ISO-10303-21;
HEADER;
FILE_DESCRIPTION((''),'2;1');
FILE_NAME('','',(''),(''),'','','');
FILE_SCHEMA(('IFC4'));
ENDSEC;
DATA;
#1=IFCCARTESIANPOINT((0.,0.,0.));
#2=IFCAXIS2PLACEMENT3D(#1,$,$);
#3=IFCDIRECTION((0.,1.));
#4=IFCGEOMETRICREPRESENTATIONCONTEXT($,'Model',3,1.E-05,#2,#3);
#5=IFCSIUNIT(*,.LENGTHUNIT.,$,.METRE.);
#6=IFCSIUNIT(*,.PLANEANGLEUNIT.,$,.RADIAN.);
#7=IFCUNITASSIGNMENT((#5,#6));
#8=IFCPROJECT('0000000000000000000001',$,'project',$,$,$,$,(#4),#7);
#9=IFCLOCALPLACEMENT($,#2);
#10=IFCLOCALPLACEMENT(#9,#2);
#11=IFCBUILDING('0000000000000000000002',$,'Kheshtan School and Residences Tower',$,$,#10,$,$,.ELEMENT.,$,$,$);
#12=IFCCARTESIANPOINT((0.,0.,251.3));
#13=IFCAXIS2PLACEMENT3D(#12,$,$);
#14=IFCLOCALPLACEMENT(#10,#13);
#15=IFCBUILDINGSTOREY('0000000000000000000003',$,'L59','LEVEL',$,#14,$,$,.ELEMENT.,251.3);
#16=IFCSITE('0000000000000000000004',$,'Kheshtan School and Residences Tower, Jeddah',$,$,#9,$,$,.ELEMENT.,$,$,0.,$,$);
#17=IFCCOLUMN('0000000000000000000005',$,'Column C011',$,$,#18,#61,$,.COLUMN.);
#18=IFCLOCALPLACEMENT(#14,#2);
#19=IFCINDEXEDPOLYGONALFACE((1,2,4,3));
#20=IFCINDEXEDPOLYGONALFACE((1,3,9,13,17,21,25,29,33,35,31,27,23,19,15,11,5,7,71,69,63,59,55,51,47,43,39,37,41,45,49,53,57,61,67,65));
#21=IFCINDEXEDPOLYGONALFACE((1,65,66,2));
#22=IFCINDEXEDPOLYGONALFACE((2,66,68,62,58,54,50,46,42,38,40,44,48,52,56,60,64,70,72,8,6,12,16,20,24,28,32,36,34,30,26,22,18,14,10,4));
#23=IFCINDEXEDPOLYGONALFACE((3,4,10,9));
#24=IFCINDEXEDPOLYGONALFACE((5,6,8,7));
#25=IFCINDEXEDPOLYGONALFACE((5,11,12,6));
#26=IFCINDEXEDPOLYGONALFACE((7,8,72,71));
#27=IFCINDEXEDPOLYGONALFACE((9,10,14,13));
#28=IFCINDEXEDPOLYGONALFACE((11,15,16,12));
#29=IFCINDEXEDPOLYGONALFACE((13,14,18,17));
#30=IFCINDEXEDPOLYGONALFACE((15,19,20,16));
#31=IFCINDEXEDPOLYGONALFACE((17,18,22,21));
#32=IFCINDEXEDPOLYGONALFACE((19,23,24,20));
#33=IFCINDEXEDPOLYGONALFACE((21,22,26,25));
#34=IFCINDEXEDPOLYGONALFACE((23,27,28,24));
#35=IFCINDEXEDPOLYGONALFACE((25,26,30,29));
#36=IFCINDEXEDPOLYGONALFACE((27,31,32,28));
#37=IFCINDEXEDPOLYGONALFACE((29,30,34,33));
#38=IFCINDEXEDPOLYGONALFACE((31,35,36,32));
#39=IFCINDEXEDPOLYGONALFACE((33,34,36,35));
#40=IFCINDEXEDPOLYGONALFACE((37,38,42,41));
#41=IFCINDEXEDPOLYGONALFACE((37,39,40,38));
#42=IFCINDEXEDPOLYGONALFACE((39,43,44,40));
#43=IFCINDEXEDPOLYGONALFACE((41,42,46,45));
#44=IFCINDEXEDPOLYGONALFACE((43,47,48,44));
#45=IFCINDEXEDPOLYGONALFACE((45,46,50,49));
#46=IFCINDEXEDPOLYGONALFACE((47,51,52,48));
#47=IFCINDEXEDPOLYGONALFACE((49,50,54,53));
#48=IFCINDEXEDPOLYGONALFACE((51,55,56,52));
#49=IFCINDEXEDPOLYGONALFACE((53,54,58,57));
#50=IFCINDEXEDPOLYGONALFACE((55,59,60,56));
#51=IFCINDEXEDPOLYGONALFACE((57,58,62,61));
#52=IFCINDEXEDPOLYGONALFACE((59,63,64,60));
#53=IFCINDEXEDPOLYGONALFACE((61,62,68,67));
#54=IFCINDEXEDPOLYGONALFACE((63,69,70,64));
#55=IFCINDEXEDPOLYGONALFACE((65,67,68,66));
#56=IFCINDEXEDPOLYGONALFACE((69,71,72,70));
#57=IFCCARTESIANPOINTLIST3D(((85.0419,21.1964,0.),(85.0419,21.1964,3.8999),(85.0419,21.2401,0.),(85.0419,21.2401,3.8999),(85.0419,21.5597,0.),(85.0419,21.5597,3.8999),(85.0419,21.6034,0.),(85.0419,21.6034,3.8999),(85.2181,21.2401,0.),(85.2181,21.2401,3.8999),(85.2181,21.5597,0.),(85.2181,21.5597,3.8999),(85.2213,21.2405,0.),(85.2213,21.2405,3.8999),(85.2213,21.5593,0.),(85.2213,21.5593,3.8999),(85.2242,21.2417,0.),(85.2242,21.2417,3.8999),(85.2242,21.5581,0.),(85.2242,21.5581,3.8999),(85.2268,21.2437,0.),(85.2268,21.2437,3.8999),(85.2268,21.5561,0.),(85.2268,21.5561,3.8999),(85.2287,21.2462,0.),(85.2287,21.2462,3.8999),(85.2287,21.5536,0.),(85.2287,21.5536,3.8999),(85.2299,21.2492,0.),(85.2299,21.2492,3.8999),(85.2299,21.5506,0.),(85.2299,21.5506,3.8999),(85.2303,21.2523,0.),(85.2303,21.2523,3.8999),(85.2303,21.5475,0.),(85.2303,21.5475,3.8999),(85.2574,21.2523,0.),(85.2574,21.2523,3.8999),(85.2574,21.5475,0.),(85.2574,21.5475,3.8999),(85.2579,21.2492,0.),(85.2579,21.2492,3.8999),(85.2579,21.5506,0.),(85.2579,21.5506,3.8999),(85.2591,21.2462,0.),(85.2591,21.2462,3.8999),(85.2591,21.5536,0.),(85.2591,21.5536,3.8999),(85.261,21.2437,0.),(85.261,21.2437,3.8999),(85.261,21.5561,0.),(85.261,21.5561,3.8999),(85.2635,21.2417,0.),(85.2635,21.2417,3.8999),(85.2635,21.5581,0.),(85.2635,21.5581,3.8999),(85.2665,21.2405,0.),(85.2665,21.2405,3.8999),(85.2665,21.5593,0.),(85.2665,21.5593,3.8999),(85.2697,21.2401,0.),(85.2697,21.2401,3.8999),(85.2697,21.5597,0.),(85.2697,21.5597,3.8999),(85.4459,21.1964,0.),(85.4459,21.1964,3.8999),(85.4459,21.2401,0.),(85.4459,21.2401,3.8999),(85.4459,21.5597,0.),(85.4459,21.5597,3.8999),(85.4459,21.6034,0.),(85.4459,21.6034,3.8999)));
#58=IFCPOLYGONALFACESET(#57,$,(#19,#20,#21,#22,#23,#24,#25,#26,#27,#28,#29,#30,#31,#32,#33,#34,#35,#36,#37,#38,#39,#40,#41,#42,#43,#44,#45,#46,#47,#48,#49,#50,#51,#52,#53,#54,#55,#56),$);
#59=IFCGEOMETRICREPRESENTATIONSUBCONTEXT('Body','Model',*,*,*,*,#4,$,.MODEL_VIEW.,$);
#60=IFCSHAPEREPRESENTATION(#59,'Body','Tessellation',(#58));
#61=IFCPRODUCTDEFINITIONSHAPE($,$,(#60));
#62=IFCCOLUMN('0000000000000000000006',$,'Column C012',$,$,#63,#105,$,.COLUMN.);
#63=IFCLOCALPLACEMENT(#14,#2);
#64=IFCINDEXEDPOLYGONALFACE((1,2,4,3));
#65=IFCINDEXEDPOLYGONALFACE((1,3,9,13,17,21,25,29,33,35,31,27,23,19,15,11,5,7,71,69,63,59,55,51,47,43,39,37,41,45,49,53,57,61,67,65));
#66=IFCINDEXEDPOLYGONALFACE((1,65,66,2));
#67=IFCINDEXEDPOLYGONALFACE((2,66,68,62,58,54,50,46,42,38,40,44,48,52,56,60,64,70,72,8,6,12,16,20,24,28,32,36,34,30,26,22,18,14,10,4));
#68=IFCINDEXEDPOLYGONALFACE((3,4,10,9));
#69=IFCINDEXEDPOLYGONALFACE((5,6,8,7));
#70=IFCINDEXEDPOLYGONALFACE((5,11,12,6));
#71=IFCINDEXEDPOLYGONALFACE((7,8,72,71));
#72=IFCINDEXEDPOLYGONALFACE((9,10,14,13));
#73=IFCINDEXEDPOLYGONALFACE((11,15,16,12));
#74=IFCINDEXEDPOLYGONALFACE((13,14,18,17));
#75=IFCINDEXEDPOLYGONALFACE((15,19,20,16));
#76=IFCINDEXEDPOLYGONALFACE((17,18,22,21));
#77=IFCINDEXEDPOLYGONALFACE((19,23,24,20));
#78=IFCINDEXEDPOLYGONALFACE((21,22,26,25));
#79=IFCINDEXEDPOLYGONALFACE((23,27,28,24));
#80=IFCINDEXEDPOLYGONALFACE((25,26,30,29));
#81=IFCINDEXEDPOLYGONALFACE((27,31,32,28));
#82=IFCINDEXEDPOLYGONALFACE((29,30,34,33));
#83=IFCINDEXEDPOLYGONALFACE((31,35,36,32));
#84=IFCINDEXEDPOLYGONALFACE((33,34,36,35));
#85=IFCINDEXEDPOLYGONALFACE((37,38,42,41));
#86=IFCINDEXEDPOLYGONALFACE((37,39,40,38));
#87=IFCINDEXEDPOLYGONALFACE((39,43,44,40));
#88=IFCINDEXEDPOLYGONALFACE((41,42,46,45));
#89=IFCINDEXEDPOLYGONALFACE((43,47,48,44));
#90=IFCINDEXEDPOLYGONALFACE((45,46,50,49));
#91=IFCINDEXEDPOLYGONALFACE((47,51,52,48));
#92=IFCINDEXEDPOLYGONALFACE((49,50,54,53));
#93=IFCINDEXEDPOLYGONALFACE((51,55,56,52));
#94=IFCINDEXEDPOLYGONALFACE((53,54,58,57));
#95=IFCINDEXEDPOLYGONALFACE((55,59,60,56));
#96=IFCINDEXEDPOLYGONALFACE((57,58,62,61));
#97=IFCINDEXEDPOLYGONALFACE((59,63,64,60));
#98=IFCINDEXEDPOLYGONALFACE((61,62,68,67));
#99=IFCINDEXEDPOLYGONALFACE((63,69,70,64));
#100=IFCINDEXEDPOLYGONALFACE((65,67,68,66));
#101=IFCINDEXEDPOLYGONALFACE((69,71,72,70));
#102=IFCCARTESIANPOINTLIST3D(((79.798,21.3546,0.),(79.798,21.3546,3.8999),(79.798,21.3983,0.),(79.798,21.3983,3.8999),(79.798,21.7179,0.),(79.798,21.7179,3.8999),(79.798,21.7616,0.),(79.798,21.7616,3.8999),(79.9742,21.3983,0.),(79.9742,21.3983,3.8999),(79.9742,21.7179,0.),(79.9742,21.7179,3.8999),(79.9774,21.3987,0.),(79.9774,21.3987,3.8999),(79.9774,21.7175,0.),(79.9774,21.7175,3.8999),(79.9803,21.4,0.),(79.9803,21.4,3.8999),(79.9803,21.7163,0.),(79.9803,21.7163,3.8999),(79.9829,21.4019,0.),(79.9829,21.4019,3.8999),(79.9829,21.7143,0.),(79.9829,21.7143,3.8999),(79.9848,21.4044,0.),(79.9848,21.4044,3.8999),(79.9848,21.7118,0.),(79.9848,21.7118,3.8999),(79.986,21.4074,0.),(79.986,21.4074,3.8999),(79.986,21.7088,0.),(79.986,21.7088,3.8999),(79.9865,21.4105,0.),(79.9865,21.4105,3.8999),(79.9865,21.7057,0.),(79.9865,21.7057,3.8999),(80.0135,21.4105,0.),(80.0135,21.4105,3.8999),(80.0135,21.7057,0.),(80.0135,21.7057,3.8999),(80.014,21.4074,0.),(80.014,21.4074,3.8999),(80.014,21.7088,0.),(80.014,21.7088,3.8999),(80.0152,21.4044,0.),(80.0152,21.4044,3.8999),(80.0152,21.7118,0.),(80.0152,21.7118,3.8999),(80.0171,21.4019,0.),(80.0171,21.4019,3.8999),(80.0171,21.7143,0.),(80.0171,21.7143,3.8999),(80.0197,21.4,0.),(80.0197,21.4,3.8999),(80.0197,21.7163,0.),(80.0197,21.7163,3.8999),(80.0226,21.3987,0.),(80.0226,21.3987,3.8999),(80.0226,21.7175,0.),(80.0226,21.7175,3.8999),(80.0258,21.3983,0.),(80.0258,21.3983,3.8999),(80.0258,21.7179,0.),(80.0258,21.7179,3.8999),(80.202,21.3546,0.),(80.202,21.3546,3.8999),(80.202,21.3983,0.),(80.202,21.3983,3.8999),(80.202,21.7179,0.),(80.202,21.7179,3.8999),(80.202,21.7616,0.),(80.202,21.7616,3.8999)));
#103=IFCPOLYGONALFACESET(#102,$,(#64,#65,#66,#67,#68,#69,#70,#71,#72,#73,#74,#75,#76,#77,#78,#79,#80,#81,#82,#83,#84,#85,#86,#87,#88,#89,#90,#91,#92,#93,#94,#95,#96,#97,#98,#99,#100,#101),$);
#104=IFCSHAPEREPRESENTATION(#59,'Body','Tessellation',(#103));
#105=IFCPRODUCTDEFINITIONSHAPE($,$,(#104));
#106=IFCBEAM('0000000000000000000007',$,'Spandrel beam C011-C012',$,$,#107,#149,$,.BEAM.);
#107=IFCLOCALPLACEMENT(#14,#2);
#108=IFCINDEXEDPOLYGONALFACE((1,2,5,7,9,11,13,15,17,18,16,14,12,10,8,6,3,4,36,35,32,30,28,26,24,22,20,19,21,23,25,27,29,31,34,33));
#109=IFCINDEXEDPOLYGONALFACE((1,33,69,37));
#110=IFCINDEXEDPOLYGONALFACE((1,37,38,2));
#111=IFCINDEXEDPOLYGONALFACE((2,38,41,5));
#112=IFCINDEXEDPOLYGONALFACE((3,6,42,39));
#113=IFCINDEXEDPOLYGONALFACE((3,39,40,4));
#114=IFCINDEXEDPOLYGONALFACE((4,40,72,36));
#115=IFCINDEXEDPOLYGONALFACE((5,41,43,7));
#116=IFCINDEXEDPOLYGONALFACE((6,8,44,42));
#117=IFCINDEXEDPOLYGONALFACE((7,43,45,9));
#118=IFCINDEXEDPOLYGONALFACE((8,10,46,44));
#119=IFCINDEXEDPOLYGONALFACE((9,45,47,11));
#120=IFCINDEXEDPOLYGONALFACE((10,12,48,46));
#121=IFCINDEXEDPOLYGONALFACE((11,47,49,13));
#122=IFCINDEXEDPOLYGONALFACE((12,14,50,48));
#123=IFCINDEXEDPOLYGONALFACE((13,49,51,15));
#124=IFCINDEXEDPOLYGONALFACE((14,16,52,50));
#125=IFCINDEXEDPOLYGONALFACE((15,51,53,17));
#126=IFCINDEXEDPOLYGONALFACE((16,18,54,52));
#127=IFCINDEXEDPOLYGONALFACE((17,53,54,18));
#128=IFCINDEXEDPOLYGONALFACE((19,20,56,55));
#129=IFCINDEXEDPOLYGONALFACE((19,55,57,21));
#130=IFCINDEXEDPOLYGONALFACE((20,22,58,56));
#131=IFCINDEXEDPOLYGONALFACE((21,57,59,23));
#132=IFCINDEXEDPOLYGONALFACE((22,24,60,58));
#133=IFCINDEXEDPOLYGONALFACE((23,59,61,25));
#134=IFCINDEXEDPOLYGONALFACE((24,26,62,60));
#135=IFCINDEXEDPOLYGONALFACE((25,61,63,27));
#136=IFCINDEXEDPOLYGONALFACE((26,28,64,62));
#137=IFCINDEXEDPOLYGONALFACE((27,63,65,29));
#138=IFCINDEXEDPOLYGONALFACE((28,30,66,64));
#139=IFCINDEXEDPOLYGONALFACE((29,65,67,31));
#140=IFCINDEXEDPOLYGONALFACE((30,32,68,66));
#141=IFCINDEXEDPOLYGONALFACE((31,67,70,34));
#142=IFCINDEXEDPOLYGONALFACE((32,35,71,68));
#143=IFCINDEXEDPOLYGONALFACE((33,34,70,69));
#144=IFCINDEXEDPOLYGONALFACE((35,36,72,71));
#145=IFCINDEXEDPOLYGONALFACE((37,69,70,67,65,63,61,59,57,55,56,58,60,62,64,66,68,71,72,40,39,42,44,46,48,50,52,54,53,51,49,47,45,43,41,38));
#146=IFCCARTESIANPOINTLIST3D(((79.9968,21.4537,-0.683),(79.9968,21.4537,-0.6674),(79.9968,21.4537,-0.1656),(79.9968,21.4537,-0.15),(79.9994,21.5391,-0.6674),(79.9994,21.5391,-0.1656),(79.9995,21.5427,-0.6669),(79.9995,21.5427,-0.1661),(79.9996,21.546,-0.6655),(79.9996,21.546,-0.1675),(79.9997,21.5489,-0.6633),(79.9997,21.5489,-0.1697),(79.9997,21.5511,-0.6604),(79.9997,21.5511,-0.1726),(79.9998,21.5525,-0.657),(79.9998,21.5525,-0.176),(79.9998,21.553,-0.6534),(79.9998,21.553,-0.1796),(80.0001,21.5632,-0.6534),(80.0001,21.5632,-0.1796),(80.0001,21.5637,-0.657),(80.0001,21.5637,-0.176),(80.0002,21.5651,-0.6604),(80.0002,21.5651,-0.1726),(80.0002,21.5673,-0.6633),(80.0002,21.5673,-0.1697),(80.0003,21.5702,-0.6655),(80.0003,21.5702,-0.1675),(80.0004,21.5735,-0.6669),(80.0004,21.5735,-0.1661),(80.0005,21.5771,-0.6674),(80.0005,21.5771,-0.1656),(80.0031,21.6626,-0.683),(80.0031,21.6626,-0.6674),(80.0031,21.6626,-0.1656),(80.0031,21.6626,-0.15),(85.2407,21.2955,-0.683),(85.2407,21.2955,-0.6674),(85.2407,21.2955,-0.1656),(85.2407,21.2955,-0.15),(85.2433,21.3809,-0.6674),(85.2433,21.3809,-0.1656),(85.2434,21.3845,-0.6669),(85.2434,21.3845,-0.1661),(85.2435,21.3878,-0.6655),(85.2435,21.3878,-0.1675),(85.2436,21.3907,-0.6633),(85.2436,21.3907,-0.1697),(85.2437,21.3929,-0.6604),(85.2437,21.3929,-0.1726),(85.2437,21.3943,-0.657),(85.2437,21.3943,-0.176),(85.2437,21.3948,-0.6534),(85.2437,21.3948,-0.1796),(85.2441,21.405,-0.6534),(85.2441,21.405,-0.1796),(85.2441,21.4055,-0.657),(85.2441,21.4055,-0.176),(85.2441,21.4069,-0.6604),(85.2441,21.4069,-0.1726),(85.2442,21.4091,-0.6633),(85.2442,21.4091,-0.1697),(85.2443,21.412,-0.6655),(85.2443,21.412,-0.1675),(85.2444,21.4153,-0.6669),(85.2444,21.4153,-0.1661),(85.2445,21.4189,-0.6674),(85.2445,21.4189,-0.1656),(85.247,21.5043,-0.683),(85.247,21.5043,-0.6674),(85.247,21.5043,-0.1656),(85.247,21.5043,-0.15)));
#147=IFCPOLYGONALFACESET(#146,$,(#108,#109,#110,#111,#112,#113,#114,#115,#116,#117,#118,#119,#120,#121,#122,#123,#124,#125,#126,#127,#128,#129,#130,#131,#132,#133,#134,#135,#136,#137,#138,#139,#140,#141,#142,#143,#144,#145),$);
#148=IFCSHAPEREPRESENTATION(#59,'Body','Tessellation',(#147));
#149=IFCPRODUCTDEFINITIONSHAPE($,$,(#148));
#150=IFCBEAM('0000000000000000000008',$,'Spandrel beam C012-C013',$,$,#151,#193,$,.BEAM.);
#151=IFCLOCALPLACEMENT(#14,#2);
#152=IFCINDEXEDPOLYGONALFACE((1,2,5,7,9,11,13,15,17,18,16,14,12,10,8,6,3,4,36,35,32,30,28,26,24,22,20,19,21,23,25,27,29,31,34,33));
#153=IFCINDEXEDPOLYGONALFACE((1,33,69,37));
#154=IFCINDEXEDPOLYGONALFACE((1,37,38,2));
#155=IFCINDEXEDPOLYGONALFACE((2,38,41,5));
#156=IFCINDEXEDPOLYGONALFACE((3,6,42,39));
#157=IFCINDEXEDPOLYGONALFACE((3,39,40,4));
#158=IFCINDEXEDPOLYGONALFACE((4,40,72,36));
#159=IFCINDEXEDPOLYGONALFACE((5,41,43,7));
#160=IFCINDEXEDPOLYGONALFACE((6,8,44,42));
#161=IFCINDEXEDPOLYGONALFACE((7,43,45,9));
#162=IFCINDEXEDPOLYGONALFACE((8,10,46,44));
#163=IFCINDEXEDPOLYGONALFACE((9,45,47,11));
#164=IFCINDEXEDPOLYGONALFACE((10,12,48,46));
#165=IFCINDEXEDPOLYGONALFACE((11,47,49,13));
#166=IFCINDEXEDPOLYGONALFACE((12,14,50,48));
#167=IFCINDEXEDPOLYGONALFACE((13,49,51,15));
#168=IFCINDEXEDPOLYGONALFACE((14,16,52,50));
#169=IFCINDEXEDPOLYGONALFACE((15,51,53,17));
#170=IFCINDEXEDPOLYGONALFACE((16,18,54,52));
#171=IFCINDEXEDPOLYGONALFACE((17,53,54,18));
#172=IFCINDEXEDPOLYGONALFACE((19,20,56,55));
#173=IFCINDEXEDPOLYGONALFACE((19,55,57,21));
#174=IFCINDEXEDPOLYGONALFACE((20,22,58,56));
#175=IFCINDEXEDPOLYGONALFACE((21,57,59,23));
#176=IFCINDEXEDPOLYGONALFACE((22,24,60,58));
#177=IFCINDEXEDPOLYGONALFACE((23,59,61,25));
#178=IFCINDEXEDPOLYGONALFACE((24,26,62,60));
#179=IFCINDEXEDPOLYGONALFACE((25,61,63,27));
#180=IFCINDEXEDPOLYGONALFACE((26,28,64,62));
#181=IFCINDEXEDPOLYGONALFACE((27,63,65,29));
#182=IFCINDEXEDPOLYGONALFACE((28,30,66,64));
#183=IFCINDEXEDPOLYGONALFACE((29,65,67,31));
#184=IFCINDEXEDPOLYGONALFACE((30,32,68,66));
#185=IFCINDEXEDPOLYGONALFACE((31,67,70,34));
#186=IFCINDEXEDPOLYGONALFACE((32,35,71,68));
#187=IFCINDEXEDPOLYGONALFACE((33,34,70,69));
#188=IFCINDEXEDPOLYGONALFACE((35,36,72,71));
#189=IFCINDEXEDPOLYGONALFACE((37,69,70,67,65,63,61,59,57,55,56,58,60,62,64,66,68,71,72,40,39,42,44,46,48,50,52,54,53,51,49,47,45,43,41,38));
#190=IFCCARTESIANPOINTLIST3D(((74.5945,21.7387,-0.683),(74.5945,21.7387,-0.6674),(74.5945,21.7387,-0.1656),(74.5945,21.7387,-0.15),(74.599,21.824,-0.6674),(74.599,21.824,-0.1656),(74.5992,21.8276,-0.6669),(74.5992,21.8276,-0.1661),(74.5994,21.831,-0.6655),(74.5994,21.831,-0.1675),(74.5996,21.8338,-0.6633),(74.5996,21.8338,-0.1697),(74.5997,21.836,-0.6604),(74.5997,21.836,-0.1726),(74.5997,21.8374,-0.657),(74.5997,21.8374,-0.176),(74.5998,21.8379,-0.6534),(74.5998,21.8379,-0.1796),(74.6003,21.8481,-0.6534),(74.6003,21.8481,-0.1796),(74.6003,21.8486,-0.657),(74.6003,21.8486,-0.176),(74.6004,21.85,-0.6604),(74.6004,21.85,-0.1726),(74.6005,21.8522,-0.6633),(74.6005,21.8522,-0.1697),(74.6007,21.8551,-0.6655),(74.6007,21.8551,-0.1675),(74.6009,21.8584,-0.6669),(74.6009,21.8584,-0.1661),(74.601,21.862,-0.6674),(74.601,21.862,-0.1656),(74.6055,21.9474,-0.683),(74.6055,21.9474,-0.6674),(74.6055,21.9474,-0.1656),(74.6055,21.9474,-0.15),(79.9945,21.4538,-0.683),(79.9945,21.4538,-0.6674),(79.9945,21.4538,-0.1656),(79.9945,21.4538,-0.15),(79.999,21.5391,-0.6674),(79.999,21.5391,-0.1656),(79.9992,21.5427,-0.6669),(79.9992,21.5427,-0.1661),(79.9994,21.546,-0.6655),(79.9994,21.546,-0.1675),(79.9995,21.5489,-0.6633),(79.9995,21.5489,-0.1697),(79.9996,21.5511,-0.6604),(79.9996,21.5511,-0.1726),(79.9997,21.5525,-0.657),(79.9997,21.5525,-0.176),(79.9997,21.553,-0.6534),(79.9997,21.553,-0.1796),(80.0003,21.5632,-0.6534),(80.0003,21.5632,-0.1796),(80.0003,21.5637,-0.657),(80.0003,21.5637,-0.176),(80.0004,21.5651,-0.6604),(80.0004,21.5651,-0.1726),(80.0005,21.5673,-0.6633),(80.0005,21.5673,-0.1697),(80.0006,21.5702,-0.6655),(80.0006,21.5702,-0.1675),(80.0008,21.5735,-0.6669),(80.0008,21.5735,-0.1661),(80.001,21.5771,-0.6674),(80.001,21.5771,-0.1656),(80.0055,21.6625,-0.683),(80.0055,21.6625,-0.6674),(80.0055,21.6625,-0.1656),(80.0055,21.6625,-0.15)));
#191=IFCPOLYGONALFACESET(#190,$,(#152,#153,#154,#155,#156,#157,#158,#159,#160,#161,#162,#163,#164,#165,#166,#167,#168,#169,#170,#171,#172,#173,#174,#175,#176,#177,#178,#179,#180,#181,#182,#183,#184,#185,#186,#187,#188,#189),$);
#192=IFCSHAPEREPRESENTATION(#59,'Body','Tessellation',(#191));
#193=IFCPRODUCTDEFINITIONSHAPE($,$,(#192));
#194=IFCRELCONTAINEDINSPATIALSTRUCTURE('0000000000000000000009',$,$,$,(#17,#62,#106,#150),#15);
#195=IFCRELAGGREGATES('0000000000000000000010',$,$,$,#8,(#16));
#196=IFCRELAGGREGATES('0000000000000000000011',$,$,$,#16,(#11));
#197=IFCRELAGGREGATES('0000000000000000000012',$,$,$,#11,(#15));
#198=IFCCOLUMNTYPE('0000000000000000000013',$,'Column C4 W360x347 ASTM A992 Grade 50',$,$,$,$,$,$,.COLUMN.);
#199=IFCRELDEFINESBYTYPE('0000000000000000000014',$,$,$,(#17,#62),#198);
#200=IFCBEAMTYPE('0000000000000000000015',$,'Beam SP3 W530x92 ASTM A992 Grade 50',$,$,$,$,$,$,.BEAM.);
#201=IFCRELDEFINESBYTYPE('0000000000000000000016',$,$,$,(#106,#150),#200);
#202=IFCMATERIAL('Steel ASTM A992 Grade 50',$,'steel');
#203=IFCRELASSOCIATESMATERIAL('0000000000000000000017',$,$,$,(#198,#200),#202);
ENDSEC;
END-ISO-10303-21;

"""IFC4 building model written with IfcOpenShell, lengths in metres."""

from ifc_helpers import new_model, si_unit, direction, frame, origin, origin_2d, place, context, subcontext, project, spatial, i_section, extrude, material, material_profile, profile_set, type_object, element, save


model = new_model("IFC4")

# Units and contexts
model_context = context("Model", 3, precision=1e-05, world=origin(), true_north=direction((0.0, 1.0)))
body_context = subcontext(model_context, "Body", "Model", "MODEL_VIEW")
ifc_project = project(units=[si_unit("LENGTHUNIT", "METRE"), si_unit("PLANEANGLEUNIT", "RADIAN")], contexts=[model_context])

# Site, building, storey
site_placement = place(None, origin())
site = spatial("IfcSite", under=ifc_project, at=site_placement, Name="Kheshtan School and Residences Tower, Jeddah", CompositionType="ELEMENT", RefElevation=0.0)
building_placement = place(site_placement, origin())
building = spatial("IfcBuilding", under=site, at=building_placement, Name="Kheshtan School and Residences Tower", CompositionType="ELEMENT")
storey_placement = place(building_placement, frame((0.0, 0.0, 251.3)))
storey = spatial("IfcBuildingStorey", under=building, at=storey_placement, Name="L59", Description="LEVEL", CompositionType="ELEMENT", Elevation=251.3)

# Columns
ifc_material_1 = material(Name="Steel ASTM A992 Grade 50", Category="steel")
ifc_material_profile_1 = material_profile(ifc_material_1, i_section(OverallWidth=0.4041, OverallDepth=0.407, WebThickness=0.0271, FlangeThickness=0.0437, FilletRadius=0.0122, at=origin_2d()), Name="W360x347")
ifc_profile_set_1 = profile_set([ifc_material_profile_1], Name="Steel ASTM A992 Grade 50")
column_type = type_object("IfcColumnType", Name="Column C4 W360x347 ASTM A992 Grade 50", PredefinedType="COLUMN", material=ifc_profile_set_1)
for number, where, z_axis, x_axis, name in (
    (1, (85.2439, 21.3999, 0.0), (0.0, 0.0, 1.0), (1.0, 0.0, 0.0), "Column C011"),
    (2, (80.0, 21.5581, 0.0), (0.0, 0.0, 1.0), (1.0, 0.0, 0.0), "Column C012"),
):
    element("IfcColumn", number, at=place(storey_placement, frame(where, z_axis=z_axis, x_axis=x_axis)), inside=storey, type_object=column_type, Name=name, PredefinedType="COLUMN", context=body_context, shape_type="SweptSolid", body=[
        extrude(i_section(OverallWidth=0.4041, OverallDepth=0.407, WebThickness=0.0271, FlangeThickness=0.0437, FilletRadius=0.0122, at=origin_2d()), origin(), (0.0, 0.0, 1.0), 3.8999),
    ])

# Beams
ifc_material_profile_2 = material_profile(ifc_material_1, i_section(OverallWidth=0.209, OverallDepth=0.533, WebThickness=0.0103, FlangeThickness=0.0156, FilletRadius=0.0139, at=origin_2d()), Name="W530x92")
ifc_profile_set_2 = profile_set([ifc_material_profile_2], Name="Steel ASTM A992 Grade 50")
beam_type = type_object("IfcBeamType", Name="Beam SP3 W530x92 ASTM A992 Grade 50", PredefinedType="BEAM", material=ifc_profile_set_2)
beam_1_placement = place(storey_placement, frame((85.2439, 21.3999, -0.4165), z_axis=(-0.999545, 0.030155, 0.0), x_axis=(-0.030155, -0.999545, 0.0)))
element("IfcBeam", 3, at=beam_1_placement, inside=storey, type_object=beam_type, Name="Spandrel beam C011-C012", PredefinedType="BEAM", context=body_context, shape_type="SweptSolid", body=[
    extrude(i_section(OverallWidth=0.209, OverallDepth=0.533, WebThickness=0.0103, FlangeThickness=0.0156, FilletRadius=0.0139, at=origin_2d()), origin(), (0.0, 0.0, 1.0), 5.2463),
])
beam_2_placement = place(storey_placement, frame((80.0, 21.5581, -0.4165), z_axis=(-0.998611, 0.052689, 0.0), x_axis=(-0.052689, -0.998611, 0.0)))
element("IfcBeam", 4, at=beam_2_placement, inside=storey, type_object=beam_type, Name="Spandrel beam C012-C013", PredefinedType="BEAM", context=body_context, shape_type="SweptSolid", body=[
    extrude(i_section(OverallWidth=0.209, OverallDepth=0.533, WebThickness=0.0103, FlangeThickness=0.0156, FilletRadius=0.0139, at=origin_2d()), origin(), (0.0, 0.0, 1.0), 5.4075),
])

save(model, "model.ifc")
